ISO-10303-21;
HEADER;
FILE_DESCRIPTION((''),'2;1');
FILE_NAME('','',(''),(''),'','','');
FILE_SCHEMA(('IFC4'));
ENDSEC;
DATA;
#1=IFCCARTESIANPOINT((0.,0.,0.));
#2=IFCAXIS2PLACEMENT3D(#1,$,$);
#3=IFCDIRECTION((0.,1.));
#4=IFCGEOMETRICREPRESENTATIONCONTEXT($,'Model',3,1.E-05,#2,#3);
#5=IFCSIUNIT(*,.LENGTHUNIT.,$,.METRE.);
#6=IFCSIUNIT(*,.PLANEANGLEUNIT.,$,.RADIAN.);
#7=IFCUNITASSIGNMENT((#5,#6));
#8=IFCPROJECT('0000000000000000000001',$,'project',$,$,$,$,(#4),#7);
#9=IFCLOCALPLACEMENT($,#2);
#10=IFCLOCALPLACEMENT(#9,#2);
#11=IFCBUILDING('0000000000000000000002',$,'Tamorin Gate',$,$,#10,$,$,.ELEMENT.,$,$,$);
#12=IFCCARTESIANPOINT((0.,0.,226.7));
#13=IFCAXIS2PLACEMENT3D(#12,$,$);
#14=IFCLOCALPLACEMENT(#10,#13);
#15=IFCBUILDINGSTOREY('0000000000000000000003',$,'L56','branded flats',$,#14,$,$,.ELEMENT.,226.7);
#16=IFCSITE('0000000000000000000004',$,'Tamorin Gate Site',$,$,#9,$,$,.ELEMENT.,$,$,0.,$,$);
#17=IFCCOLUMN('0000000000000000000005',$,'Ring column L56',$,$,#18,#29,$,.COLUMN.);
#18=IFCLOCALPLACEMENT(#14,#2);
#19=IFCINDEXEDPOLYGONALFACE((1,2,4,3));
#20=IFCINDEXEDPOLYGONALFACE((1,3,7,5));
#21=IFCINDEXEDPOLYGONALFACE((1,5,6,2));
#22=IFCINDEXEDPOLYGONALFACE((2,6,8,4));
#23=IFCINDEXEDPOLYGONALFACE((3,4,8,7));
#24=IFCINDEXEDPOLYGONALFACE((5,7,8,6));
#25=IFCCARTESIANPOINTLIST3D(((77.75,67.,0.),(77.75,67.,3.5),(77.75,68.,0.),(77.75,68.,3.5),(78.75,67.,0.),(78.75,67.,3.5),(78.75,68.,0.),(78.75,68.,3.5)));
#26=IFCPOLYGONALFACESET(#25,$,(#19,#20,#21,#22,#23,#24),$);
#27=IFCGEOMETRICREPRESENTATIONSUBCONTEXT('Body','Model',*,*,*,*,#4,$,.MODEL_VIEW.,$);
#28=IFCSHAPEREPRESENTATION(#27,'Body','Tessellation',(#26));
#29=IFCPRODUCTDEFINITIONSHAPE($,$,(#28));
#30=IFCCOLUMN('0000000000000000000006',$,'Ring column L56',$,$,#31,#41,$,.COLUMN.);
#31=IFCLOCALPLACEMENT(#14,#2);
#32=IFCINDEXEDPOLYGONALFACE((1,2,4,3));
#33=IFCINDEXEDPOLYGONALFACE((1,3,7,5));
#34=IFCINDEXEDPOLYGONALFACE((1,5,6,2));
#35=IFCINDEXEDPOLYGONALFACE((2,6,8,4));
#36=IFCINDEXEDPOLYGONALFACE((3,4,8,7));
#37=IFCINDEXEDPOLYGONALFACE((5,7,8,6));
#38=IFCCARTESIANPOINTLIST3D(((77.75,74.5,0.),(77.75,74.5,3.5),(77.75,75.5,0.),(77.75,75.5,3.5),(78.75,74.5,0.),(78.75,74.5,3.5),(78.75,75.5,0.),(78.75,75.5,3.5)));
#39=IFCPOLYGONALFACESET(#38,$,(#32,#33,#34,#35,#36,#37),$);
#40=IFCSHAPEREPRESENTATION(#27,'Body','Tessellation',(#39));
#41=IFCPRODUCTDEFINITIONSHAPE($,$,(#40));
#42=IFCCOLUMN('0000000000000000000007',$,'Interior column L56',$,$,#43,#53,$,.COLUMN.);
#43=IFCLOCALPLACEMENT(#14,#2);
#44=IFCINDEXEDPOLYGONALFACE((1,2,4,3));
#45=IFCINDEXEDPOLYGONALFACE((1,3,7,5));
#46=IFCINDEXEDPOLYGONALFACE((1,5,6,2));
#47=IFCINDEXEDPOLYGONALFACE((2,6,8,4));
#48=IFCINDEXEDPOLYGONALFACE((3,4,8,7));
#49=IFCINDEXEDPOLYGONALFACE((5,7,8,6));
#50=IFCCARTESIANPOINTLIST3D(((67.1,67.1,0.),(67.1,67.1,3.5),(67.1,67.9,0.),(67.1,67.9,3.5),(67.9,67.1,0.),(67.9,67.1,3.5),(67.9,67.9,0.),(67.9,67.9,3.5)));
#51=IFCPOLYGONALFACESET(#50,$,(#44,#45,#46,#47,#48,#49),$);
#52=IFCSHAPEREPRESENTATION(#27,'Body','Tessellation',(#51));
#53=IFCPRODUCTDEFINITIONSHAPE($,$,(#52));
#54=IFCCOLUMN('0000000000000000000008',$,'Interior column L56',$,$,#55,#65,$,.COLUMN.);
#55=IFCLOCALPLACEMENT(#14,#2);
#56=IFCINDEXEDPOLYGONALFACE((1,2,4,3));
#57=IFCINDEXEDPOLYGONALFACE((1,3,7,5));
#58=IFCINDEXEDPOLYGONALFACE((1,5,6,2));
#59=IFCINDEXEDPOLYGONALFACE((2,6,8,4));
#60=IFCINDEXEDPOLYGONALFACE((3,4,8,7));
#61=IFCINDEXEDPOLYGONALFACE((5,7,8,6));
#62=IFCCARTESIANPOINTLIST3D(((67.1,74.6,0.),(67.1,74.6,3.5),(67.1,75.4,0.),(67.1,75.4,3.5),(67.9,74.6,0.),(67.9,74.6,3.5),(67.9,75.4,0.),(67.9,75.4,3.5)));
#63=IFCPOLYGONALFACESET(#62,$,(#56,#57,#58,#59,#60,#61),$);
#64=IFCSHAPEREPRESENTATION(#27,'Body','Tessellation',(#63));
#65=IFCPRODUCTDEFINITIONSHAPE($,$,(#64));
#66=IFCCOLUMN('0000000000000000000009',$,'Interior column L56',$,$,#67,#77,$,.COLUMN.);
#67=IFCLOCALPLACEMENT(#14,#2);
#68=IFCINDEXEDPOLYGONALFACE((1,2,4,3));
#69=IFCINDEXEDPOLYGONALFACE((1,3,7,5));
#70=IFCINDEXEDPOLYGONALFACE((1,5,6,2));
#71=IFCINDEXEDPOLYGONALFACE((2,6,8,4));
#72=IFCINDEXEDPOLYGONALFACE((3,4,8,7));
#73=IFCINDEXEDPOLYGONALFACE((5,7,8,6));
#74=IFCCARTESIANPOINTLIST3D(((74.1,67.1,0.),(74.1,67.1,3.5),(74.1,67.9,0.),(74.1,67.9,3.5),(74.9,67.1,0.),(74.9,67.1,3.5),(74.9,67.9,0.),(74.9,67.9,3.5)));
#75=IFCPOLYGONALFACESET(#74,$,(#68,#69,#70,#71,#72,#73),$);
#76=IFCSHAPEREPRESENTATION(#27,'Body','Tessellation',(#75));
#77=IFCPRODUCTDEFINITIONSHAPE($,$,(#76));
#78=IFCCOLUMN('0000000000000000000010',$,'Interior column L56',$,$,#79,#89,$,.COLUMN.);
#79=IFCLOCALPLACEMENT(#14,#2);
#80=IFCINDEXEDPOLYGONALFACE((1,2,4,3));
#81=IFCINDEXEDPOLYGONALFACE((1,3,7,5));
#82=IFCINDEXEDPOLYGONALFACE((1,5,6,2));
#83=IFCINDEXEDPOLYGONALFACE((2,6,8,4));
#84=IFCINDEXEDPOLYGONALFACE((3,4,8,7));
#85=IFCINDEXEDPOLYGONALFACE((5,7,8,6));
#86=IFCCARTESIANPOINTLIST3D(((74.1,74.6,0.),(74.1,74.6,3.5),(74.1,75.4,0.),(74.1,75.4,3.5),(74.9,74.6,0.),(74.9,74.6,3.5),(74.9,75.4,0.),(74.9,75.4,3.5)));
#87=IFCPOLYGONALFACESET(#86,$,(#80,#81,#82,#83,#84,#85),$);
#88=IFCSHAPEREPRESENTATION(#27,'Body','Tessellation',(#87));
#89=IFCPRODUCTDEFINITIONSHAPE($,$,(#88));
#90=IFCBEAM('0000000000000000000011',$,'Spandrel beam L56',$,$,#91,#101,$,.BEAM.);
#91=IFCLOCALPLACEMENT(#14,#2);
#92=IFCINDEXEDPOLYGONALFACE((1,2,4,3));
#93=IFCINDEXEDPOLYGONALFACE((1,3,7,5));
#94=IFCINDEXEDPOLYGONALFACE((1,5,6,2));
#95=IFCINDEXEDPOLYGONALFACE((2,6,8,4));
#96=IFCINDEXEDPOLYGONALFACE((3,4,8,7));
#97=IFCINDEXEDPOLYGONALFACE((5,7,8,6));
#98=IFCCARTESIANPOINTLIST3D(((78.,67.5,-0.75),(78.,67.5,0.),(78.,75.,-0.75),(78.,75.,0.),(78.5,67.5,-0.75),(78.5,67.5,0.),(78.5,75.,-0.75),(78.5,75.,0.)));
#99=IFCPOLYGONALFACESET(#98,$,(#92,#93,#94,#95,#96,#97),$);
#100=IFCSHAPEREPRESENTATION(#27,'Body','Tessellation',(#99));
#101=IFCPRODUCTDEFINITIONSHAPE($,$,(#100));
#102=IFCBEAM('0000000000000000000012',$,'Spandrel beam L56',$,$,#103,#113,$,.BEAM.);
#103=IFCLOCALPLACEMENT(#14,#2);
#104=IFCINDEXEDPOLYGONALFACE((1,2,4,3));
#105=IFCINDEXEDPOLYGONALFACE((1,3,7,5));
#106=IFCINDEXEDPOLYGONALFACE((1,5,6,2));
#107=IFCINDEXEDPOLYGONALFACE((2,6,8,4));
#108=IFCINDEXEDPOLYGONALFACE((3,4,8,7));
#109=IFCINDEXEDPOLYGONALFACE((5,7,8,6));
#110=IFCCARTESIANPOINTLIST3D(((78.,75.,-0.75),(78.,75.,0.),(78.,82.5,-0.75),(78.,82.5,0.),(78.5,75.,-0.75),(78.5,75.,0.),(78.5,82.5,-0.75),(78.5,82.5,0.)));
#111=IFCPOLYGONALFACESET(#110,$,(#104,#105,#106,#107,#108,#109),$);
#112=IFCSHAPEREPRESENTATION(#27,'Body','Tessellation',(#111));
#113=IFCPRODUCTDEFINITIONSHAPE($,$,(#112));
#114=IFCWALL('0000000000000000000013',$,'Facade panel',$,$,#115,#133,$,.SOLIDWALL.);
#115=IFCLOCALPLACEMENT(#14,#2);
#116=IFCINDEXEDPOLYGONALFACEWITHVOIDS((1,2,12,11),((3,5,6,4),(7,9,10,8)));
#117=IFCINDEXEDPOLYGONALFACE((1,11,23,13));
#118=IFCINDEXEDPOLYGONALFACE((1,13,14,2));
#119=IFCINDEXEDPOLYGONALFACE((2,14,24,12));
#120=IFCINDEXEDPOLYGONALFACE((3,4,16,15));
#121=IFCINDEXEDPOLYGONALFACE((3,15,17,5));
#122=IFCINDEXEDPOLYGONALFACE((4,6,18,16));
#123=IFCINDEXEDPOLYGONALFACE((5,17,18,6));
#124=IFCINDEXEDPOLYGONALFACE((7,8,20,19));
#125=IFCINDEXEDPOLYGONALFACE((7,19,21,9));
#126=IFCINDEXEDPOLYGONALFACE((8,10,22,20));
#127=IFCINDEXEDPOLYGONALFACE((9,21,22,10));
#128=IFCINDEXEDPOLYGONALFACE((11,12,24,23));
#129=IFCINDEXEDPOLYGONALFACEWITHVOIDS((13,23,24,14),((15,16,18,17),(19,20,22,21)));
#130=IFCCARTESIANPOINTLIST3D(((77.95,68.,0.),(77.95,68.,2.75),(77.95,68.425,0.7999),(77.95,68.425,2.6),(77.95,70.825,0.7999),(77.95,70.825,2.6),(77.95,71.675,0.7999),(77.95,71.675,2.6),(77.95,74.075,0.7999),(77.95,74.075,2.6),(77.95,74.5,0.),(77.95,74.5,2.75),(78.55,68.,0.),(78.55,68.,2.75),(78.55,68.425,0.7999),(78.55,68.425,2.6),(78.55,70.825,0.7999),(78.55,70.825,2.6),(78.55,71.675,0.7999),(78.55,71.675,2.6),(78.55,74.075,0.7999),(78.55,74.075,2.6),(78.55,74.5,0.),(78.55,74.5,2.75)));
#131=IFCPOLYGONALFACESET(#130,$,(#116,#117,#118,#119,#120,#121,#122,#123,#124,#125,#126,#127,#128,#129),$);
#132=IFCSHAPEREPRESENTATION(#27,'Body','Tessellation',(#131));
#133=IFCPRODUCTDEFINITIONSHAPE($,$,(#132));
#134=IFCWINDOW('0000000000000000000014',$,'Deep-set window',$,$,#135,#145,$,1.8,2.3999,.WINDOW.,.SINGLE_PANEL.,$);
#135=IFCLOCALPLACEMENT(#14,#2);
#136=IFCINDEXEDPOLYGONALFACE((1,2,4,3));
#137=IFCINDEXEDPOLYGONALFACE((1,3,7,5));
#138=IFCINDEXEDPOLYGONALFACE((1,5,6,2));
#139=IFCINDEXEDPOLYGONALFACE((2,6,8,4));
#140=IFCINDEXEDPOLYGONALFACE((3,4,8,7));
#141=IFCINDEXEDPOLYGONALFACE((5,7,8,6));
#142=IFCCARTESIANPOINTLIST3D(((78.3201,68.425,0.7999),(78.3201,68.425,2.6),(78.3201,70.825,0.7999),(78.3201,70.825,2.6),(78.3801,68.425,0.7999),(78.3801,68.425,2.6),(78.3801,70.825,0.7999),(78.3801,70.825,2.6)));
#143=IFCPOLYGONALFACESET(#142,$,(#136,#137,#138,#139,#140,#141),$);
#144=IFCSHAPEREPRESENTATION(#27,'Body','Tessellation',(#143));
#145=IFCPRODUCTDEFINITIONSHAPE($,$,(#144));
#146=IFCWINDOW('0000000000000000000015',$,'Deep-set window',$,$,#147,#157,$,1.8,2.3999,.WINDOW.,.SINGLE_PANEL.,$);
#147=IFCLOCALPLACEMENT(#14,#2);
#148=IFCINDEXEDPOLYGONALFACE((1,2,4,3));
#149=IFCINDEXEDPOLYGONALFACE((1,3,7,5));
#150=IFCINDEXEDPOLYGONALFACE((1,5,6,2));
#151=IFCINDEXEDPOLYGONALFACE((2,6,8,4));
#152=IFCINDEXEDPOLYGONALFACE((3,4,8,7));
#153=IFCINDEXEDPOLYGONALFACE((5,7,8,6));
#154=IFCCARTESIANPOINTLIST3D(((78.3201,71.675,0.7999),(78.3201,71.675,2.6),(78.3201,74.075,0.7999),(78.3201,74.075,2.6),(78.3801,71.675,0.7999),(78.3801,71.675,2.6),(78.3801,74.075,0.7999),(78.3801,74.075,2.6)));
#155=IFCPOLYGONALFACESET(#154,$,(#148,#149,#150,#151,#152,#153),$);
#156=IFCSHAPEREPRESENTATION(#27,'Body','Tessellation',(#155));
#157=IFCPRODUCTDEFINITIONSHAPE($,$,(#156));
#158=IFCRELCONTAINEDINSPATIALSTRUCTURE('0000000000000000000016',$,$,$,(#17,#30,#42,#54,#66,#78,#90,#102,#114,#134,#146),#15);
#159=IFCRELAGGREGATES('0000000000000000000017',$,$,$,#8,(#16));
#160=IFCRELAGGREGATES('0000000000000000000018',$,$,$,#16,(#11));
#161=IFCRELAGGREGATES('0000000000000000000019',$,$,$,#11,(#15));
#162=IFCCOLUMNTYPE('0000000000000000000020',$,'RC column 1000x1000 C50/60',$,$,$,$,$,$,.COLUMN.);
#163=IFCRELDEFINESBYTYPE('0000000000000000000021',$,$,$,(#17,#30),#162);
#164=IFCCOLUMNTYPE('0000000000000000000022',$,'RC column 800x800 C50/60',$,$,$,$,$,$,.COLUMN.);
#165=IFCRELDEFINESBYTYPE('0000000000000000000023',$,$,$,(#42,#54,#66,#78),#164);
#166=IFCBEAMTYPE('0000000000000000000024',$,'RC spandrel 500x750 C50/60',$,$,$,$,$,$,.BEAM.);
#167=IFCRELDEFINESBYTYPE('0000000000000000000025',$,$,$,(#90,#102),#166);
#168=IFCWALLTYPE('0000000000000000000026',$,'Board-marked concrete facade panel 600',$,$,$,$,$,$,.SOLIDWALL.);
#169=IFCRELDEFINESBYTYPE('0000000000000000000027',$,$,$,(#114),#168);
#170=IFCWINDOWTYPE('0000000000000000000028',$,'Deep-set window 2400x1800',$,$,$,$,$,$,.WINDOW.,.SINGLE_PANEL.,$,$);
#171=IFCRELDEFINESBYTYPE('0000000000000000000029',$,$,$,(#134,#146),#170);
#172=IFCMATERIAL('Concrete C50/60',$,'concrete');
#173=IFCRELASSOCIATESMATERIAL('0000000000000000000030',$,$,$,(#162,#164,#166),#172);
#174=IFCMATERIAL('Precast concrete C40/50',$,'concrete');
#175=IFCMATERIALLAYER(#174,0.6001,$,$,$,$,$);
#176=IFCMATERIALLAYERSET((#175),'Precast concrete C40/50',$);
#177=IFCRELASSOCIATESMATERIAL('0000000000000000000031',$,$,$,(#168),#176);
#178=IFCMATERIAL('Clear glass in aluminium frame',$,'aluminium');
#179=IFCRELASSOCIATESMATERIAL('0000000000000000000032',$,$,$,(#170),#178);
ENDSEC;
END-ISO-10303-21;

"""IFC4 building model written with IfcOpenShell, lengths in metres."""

from ifc_helpers import new_model, si_unit, direction, frame, frame_2d, origin, origin_2d, place, context, subcontext, project, spatial, rectangle, extrude, material, layer, layer_set, material_profile, profile_set, type_object, element, fill, save


model = new_model("IFC4")

# Units and contexts
model_context = context("Model", 3, precision=1e-05, world=origin(), true_north=direction((0.0, 1.0)))
body_context = subcontext(model_context, "Body", "Model", "MODEL_VIEW")
ifc_project = project(units=[si_unit("LENGTHUNIT", "METRE"), si_unit("PLANEANGLEUNIT", "RADIAN")], contexts=[model_context])

# Site, building, storey
site_placement = place(None, origin())
site = spatial("IfcSite", under=ifc_project, at=site_placement, Name="Tamorin Gate Site", CompositionType="ELEMENT", RefElevation=0.0)
building_placement = place(site_placement, origin())
building = spatial("IfcBuilding", under=site, at=building_placement, Name="Tamorin Gate", CompositionType="ELEMENT")
storey_placement = place(building_placement, frame((0.0, 0.0, 226.7)))
storey = spatial("IfcBuildingStorey", under=building, at=storey_placement, Name="L56", Description="branded flats", CompositionType="ELEMENT", Elevation=226.7)

# Columns
ifc_material_1 = material(Name="Concrete C50/60", Category="concrete")
ifc_material_profile_1 = material_profile(ifc_material_1, rectangle(XDim=1.0, YDim=1.0, at=origin_2d()), Name="RC 1000x1000")
ifc_profile_set_1 = profile_set([ifc_material_profile_1], Name="Concrete C50/60")
column_type_1 = type_object("IfcColumnType", Name="RC column 1000x1000 C50/60", PredefinedType="COLUMN", material=ifc_profile_set_1)
for number, where, z_axis, x_axis, name in (
    (1, (78.25, 67.5, 0.0), (0.0, 0.0, 1.0), (1.0, 0.0, 0.0), "Ring column L56"),
    (2, (78.25, 75.0, 0.0), (0.0, 0.0, 1.0), (1.0, 0.0, 0.0), "Ring column L56"),
):
    element("IfcColumn", number, at=place(storey_placement, frame(where, z_axis=z_axis, x_axis=x_axis)), inside=storey, type_object=column_type_1, Name=name, PredefinedType="COLUMN", context=body_context, shape_type="SweptSolid", body=[
        extrude(rectangle(XDim=1.0, YDim=1.0, at=origin_2d()), origin(), (0.0, 0.0, 1.0), 3.5),
    ])
ifc_material_profile_2 = material_profile(ifc_material_1, rectangle(XDim=0.8, YDim=0.8, at=origin_2d()), Name="RC 800x800")
ifc_profile_set_2 = profile_set([ifc_material_profile_2], Name="Concrete C50/60")
column_type_2 = type_object("IfcColumnType", Name="RC column 800x800 C50/60", PredefinedType="COLUMN", material=ifc_profile_set_2)
for number, where, z_axis, x_axis, name in (
    (3, (67.5, 67.5, 0.0), (0.0, 0.0, 1.0), (1.0, 0.0, 0.0), "Interior column L56"),
    (4, (67.5, 75.0, 0.0), (0.0, 0.0, 1.0), (1.0, 0.0, 0.0), "Interior column L56"),
    (5, (74.5, 67.5, 0.0), (0.0, 0.0, 1.0), (1.0, 0.0, 0.0), "Interior column L56"),
    (6, (74.5, 75.0, 0.0), (0.0, 0.0, 1.0), (1.0, 0.0, 0.0), "Interior column L56"),
):
    element("IfcColumn", number, at=place(storey_placement, frame(where, z_axis=z_axis, x_axis=x_axis)), inside=storey, type_object=column_type_2, Name=name, PredefinedType="COLUMN", context=body_context, shape_type="SweptSolid", body=[
        extrude(rectangle(XDim=0.8, YDim=0.8, at=origin_2d()), origin(), (0.0, 0.0, 1.0), 3.5),
    ])

# Beams
ifc_material_profile_3 = material_profile(ifc_material_1, rectangle(XDim=0.5, YDim=0.75, at=origin_2d()), Name="RC 500x750")
ifc_profile_set_3 = profile_set([ifc_material_profile_3], Name="Concrete C50/60")
beam_type = type_object("IfcBeamType", Name="RC spandrel 500x750 C50/60", PredefinedType="BEAM", material=ifc_profile_set_3)
for number, where, z_axis, x_axis, name in (
    (7, (78.25, 67.5, -0.375), (0.0, 1.0, 0.0), (-1.0, 0.0, 0.0), "Spandrel beam L56"),
    (8, (78.25, 75.0, -0.375), (0.0, 1.0, 0.0), (-1.0, 0.0, 0.0), "Spandrel beam L56"),
):
    element("IfcBeam", number, at=place(storey_placement, frame(where, z_axis=z_axis, x_axis=x_axis)), inside=storey, type_object=beam_type, Name=name, PredefinedType="BEAM", context=body_context, shape_type="SweptSolid", body=[
        extrude(rectangle(XDim=0.5, YDim=0.75, at=origin_2d()), origin(), (0.0, 0.0, 1.0), 7.5),
    ])

# Wall, openings, windows
ifc_material_2 = material(Name="Precast concrete C40/50", Category="concrete")
ifc_layer_1 = layer(ifc_material_2, 0.6001)
ifc_layer_set_1 = layer_set([ifc_layer_1], Name="Precast concrete C40/50")
wall_type_1 = type_object("IfcWallType", Name="Board-marked concrete facade panel 600", PredefinedType="SOLIDWALL", material=ifc_layer_set_1)
wall_1_placement = place(storey_placement, frame((78.25, 68.0, 0.0), z_axis=(0.0, 0.0, 1.0), x_axis=(0.0, 1.0, 0.0)))
wall_1 = element("IfcWall", 9, at=wall_1_placement, inside=storey, type_object=wall_type_1, Name="Facade panel", PredefinedType="SOLIDWALL", context=body_context, shape_type="SweptSolid", body=[
    extrude(rectangle(XDim=6.5, YDim=0.6001, at=frame_2d((3.25, 0.0))), origin(), (0.0, 0.0, 1.0), 2.75),
])
opening_1_placement = place(wall_1_placement, frame((0.425, 0.0, 0.8)))
opening_1 = element("IfcOpeningElement", 10, at=opening_1_placement, cuts=wall_1, PredefinedType="OPENING", context=body_context, shape_type="SweptSolid", body=[
    extrude(rectangle(XDim=2.3999, YDim=1.8, at=frame_2d((1.2, 0.8999))), frame((0.0, 0.3101, 0.0), z_axis=(0.0, -1.0, 0.0), x_axis=(1.0, 0.0, 0.0)), (0.0, 0.0, 1.0), 0.6201),
])
opening_2_placement = place(wall_1_placement, frame((3.675, 0.0, 0.8)))
opening_2 = element("IfcOpeningElement", 11, at=opening_2_placement, cuts=wall_1, PredefinedType="OPENING", context=body_context, shape_type="SweptSolid", body=[
    extrude(rectangle(XDim=2.3999, YDim=1.8, at=frame_2d((1.2, 0.8999))), frame((0.0, 0.3101, 0.0), z_axis=(0.0, -1.0, 0.0), x_axis=(1.0, 0.0, 0.0)), (0.0, 0.0, 1.0), 0.6201),
])
ifc_material_3 = material(Name="Clear glass in aluminium frame", Category="aluminium")
window_type = type_object("IfcWindowType", Name="Deep-set window 2400x1800", PartitioningType="SINGLE_PANEL", PredefinedType="WINDOW", material=ifc_material_3)
window_1_placement = place(opening_1_placement, origin())
window_1 = element("IfcWindow", 12, at=window_1_placement, inside=storey, type_object=window_type, Name="Deep-set window", OverallHeight=1.8, OverallWidth=2.3999, PartitioningType="SINGLE_PANEL", PredefinedType="WINDOW", context=body_context, shape_type="SweptSolid", body=[
    extrude(rectangle(XDim=2.3999, YDim=1.8, at=frame_2d((1.2, 0.8999))), frame((0.0, -0.0701, 0.0), z_axis=(0.0, -1.0, 0.0), x_axis=(1.0, 0.0, 0.0)), (0.0, 0.0, 1.0), 0.0601),
])
fill(opening_1, window_1)
window_2_placement = place(opening_2_placement, origin())
window_2 = element("IfcWindow", 13, at=window_2_placement, inside=storey, type_object=window_type, Name="Deep-set window", OverallHeight=1.8, OverallWidth=2.3999, PartitioningType="SINGLE_PANEL", PredefinedType="WINDOW", context=body_context, shape_type="SweptSolid", body=[
    extrude(rectangle(XDim=2.3999, YDim=1.8, at=frame_2d((1.2, 0.8999))), frame((0.0, -0.0701, 0.0), z_axis=(0.0, -1.0, 0.0), x_axis=(1.0, 0.0, 0.0)), (0.0, 0.0, 1.0), 0.0601),
])
fill(opening_2, window_2)

save(model, "model.ifc")
